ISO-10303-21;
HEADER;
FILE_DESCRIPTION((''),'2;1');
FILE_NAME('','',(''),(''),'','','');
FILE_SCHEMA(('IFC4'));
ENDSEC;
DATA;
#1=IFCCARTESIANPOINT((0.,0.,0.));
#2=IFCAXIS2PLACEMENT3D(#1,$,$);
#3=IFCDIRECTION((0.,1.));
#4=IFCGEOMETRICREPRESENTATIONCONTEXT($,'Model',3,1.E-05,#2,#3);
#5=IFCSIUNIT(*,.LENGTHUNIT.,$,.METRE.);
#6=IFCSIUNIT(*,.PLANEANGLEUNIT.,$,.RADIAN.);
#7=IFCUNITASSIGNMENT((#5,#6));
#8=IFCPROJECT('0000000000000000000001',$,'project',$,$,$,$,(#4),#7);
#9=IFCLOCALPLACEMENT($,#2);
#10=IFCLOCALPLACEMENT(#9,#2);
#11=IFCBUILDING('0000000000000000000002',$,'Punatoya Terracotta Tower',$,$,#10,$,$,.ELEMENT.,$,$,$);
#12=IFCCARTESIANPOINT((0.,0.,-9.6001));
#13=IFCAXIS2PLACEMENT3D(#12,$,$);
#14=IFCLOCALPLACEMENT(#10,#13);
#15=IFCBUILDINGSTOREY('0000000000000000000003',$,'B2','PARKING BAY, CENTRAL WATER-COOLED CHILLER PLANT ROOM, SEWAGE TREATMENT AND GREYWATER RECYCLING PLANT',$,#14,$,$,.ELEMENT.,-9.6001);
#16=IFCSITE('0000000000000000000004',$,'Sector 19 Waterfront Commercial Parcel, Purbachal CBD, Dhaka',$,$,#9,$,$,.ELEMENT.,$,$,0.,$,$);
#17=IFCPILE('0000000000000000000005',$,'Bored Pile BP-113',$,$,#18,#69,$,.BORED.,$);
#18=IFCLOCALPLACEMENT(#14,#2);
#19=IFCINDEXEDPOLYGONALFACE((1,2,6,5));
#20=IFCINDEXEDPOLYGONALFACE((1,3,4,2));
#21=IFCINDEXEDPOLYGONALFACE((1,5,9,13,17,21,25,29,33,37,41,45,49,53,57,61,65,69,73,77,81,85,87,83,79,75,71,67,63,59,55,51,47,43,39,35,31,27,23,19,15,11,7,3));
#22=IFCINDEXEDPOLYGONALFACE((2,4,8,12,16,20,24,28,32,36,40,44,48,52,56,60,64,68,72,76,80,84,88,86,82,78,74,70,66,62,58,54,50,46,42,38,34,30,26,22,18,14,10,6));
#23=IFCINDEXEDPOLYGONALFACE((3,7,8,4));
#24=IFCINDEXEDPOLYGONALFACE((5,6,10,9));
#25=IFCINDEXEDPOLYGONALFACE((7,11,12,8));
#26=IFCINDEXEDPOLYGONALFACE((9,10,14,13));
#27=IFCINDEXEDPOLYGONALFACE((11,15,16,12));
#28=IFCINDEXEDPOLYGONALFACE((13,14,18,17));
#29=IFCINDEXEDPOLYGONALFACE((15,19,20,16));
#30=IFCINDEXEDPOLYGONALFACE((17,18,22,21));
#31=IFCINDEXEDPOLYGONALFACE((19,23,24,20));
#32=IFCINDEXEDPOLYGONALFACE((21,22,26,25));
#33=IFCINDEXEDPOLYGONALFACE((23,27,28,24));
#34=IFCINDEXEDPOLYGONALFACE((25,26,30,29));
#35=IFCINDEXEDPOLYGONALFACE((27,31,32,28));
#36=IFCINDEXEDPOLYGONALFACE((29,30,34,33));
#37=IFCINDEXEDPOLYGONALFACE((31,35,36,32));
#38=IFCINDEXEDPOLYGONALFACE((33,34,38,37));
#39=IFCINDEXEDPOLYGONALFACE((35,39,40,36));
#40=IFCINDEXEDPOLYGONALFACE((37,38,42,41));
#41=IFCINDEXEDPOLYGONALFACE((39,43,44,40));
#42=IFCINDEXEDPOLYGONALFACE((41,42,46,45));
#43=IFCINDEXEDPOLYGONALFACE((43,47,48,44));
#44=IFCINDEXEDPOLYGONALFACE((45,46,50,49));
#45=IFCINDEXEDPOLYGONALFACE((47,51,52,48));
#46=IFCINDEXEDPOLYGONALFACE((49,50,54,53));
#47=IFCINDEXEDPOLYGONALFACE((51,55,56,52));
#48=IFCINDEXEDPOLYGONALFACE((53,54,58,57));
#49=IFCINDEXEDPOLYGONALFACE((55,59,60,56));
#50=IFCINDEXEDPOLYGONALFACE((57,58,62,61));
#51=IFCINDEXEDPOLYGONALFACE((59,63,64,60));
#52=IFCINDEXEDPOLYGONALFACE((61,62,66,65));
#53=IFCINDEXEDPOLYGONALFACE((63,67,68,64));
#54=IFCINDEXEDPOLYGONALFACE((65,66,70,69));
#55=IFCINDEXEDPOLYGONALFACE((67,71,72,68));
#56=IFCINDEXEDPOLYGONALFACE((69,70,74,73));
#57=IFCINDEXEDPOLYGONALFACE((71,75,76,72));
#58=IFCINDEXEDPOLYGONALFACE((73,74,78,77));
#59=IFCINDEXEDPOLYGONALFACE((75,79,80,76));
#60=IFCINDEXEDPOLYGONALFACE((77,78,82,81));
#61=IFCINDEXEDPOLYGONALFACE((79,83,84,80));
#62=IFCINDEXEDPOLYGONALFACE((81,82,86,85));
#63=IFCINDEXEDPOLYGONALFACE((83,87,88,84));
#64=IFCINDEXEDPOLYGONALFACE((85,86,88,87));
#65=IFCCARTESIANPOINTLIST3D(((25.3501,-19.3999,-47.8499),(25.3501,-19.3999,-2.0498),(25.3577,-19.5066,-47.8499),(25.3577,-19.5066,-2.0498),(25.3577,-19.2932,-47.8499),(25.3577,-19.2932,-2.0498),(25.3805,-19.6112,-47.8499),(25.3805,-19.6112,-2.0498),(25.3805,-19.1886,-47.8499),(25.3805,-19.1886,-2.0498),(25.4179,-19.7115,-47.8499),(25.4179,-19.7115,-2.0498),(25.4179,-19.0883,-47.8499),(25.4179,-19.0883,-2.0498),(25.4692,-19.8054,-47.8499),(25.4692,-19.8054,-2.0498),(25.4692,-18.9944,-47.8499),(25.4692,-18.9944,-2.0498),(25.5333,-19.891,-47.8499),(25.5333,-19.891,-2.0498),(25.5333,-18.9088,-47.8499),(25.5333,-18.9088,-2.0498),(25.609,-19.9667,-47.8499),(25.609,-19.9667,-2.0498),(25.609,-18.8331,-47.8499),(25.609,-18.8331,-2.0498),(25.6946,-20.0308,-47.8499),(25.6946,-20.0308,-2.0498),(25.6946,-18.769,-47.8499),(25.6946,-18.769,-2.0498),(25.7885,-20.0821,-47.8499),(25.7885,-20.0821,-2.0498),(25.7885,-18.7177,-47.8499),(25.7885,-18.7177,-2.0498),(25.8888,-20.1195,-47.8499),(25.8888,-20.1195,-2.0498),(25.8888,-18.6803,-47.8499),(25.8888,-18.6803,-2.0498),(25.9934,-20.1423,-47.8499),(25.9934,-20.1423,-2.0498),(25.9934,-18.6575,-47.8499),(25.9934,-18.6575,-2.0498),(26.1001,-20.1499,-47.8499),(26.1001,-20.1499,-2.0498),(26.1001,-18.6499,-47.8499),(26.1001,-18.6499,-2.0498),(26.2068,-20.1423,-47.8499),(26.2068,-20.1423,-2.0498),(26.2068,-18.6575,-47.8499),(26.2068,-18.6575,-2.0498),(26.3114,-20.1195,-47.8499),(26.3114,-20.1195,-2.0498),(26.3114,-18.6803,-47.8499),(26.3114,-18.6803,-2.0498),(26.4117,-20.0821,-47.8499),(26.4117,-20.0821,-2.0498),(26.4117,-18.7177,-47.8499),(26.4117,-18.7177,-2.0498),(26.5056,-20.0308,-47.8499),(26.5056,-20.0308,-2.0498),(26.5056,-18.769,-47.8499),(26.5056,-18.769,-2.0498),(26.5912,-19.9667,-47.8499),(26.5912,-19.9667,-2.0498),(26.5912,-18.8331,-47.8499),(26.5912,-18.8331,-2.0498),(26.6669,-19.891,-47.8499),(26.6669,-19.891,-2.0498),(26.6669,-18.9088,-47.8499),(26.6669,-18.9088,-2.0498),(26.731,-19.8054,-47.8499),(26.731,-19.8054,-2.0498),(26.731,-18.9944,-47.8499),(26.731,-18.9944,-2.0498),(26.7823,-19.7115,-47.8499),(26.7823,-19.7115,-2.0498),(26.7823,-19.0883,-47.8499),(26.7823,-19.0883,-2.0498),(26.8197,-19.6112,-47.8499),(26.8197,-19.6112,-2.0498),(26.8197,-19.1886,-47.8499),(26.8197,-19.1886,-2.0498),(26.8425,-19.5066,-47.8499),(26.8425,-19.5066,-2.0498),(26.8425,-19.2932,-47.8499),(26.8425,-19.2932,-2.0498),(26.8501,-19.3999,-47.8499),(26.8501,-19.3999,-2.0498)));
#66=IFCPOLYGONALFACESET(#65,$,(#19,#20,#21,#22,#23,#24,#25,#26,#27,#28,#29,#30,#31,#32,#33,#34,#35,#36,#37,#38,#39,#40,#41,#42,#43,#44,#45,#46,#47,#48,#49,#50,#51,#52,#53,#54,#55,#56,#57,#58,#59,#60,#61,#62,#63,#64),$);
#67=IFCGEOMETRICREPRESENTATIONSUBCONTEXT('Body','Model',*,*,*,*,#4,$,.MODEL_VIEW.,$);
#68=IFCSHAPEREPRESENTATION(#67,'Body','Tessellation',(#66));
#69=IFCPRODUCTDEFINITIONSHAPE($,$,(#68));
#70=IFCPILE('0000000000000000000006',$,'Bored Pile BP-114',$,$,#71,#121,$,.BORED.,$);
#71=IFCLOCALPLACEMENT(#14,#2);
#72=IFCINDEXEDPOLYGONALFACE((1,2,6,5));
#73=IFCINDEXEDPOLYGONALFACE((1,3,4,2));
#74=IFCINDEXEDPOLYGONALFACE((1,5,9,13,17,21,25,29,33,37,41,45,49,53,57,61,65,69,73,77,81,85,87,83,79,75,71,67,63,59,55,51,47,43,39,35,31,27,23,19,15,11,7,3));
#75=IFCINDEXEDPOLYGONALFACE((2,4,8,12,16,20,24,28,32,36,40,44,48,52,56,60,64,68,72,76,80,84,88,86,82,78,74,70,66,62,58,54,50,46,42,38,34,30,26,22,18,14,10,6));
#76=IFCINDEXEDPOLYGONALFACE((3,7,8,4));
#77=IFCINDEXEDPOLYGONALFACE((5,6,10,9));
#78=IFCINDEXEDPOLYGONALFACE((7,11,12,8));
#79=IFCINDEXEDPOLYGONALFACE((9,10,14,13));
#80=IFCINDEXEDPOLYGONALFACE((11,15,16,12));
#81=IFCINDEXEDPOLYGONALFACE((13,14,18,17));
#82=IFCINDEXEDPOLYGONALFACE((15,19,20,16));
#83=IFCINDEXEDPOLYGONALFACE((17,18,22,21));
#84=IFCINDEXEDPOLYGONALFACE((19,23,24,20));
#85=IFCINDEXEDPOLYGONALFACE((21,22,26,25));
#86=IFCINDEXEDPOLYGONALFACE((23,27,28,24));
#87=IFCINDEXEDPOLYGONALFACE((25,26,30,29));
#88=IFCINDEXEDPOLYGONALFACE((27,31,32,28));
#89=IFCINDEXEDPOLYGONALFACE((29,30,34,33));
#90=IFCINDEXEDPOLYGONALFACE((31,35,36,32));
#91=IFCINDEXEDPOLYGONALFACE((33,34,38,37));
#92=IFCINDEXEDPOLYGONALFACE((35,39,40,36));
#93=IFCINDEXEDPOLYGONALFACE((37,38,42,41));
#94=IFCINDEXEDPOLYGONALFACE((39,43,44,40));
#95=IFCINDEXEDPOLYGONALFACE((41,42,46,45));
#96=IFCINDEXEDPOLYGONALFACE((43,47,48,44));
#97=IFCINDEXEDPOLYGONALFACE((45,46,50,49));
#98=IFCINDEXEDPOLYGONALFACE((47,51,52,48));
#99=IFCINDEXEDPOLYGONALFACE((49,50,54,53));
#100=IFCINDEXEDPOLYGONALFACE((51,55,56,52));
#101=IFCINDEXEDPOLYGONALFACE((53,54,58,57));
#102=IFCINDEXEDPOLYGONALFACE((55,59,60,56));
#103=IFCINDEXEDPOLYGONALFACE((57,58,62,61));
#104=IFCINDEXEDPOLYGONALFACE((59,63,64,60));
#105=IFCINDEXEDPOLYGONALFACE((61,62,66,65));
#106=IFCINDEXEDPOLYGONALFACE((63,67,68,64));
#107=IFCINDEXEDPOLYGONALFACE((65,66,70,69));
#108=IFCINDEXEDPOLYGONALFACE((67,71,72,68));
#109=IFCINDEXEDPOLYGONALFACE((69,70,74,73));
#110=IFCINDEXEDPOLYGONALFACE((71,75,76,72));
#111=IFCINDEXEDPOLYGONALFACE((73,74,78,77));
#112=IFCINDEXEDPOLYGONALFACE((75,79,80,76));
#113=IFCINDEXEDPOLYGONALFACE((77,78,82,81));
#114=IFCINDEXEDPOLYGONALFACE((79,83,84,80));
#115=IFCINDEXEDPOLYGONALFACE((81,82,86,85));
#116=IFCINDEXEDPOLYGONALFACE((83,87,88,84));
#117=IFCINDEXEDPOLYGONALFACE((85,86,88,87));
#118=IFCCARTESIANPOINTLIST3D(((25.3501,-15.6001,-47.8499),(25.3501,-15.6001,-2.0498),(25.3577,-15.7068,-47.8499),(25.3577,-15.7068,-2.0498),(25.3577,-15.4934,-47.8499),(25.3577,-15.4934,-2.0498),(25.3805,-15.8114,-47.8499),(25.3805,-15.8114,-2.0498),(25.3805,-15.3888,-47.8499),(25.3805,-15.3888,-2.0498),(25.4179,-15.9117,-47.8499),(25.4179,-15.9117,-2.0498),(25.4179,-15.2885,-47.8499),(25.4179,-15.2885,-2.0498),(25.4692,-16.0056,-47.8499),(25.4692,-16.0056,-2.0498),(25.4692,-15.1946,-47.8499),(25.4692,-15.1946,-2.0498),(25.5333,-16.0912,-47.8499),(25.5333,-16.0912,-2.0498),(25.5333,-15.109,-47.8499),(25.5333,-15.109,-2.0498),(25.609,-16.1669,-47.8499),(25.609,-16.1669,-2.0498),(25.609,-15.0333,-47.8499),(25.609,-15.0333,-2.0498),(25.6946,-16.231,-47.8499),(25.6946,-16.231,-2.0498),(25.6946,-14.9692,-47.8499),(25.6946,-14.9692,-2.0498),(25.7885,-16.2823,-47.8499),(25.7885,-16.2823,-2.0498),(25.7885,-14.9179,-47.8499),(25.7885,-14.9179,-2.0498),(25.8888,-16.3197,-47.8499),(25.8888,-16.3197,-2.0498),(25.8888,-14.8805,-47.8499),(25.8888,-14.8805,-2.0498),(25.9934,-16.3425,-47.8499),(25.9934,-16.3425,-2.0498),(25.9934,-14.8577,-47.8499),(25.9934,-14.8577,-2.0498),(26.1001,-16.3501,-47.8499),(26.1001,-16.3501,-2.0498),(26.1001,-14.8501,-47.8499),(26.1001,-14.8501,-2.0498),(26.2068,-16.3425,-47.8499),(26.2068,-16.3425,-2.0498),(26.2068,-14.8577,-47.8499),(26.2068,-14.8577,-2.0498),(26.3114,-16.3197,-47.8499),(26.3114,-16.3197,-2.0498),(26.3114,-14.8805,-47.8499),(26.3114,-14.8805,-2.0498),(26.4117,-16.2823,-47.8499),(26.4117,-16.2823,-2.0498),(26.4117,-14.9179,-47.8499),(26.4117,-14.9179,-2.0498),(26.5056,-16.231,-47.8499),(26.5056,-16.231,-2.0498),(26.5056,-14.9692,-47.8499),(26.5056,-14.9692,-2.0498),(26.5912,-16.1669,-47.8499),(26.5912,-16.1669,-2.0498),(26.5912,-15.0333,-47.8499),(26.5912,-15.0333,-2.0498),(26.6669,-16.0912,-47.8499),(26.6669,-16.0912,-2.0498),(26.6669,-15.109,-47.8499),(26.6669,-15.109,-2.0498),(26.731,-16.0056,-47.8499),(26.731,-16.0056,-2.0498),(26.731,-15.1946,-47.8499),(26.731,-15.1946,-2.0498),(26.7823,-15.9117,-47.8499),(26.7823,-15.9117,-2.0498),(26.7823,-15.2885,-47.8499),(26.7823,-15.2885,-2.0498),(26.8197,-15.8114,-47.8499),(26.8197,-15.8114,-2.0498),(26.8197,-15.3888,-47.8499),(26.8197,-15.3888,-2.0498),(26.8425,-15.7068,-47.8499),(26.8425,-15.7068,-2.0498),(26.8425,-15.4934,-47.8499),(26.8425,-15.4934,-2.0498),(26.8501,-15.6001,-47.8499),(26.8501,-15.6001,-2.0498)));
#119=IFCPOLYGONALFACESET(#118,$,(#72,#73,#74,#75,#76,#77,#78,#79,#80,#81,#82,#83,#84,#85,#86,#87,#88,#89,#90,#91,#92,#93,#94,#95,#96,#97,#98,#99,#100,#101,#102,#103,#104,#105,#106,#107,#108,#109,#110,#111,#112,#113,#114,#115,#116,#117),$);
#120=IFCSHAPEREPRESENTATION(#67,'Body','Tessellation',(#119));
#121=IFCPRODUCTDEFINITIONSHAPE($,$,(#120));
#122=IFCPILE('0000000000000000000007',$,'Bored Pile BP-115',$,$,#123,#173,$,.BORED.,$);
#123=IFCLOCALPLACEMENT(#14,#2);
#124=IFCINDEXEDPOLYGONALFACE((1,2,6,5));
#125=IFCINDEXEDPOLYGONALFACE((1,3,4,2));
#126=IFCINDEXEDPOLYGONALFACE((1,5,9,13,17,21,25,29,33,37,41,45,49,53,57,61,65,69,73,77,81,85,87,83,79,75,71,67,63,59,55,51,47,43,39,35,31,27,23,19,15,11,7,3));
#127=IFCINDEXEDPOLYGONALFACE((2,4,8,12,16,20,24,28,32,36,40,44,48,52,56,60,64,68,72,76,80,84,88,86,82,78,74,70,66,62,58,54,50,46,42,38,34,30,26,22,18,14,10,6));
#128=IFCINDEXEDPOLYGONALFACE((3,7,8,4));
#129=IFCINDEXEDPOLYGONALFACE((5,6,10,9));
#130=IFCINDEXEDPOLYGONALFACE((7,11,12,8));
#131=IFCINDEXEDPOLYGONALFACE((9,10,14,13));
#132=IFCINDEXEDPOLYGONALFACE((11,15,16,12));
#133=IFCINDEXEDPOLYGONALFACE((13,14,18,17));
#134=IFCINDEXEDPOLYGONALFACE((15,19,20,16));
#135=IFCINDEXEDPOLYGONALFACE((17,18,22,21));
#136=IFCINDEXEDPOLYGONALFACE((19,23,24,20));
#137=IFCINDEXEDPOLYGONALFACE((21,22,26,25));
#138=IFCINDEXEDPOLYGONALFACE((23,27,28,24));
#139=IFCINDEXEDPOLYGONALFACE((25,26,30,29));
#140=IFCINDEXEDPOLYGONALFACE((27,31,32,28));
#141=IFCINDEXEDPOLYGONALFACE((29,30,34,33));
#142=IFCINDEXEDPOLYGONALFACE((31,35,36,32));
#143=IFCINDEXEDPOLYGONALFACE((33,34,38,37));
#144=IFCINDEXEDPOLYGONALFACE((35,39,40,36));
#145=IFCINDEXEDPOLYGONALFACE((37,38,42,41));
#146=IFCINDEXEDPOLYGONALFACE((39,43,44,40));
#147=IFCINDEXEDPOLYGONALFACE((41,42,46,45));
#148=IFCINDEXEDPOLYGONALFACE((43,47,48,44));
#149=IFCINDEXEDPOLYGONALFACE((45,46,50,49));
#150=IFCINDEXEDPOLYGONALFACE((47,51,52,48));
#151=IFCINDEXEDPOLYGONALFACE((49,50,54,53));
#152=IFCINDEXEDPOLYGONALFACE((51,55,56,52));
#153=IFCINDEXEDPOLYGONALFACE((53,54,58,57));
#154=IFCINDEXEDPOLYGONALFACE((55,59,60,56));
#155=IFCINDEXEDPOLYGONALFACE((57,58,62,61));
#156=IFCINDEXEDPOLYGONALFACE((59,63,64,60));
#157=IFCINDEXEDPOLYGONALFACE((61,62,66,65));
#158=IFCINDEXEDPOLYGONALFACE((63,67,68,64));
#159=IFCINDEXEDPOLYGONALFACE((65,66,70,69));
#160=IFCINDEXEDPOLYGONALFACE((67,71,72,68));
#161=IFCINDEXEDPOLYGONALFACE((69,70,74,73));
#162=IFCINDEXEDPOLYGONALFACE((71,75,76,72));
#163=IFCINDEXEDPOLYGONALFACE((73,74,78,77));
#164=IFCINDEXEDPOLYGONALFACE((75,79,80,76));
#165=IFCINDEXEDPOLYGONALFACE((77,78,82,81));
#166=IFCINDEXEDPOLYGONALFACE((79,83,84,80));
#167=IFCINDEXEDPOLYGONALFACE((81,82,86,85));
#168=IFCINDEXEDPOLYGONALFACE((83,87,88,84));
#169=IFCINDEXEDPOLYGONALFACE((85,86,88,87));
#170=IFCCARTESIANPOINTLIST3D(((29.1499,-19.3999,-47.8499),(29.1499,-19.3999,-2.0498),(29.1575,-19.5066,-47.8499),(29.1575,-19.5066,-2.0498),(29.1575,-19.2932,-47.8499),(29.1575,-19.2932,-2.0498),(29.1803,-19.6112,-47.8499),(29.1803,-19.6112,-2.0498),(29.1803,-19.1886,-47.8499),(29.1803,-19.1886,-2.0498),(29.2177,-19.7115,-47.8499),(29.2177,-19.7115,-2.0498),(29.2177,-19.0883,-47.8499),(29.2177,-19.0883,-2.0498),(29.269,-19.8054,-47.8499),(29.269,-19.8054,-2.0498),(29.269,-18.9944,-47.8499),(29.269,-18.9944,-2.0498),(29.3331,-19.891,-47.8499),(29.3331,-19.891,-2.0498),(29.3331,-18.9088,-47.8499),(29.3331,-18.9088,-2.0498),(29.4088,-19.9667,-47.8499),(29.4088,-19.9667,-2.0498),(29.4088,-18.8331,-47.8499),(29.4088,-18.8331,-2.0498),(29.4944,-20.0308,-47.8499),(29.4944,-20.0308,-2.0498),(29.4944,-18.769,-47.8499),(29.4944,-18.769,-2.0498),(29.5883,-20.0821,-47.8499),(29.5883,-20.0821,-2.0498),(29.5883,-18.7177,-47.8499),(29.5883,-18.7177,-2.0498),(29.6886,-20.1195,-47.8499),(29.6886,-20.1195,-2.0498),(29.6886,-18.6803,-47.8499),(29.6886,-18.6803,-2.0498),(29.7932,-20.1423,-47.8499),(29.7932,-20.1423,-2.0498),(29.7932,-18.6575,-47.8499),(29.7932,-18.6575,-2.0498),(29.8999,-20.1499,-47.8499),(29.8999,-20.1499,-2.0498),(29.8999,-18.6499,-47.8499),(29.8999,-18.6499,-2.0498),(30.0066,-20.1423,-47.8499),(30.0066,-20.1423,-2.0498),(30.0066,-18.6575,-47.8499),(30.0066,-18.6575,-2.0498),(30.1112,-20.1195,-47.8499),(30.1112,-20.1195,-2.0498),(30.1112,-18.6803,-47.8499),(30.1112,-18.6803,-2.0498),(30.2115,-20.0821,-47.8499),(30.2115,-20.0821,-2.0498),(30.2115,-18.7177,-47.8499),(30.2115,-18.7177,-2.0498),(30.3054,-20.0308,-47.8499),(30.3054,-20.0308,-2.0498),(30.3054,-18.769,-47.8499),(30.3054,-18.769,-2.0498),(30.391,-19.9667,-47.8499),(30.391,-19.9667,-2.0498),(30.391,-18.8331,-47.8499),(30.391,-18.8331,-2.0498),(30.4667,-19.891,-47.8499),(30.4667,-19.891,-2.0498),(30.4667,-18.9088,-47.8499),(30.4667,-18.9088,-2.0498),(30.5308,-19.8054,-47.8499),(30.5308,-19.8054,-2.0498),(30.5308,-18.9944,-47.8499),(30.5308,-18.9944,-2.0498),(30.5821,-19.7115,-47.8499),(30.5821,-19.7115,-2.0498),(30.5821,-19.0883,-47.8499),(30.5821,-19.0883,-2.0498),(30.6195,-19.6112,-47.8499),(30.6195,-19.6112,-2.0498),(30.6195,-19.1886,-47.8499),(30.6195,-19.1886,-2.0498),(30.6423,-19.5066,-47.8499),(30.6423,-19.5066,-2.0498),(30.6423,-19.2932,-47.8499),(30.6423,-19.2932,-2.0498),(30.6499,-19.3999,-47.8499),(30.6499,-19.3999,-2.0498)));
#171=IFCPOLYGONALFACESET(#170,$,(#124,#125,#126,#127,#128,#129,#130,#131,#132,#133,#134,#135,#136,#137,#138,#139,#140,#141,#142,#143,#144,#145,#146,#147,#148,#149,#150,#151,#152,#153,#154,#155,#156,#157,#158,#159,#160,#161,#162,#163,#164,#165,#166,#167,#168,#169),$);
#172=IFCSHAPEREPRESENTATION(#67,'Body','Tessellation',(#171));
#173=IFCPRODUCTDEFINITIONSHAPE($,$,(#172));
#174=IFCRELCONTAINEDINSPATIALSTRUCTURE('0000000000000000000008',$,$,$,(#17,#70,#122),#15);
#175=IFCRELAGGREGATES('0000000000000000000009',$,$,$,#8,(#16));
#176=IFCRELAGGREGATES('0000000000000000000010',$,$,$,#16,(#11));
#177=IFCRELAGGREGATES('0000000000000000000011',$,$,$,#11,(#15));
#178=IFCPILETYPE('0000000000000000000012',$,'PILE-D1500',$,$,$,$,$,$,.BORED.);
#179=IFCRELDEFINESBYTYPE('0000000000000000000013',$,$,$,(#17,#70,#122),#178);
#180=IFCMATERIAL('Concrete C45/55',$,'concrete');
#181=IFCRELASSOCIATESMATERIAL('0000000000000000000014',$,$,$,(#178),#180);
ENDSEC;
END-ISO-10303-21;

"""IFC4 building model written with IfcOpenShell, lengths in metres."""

from ifc_helpers import new_model, si_unit, direction, frame, origin, origin_2d, place, context, subcontext, project, spatial, circle, extrude, material, material_profile, profile_set, type_object, element, save


model = new_model("IFC4")

# Units and contexts
model_context = context("Model", 3, precision=1e-05, world=origin(), true_north=direction((0.0, 1.0)))
body_context = subcontext(model_context, "Body", "Model", "MODEL_VIEW")
ifc_project = project(units=[si_unit("LENGTHUNIT", "METRE"), si_unit("PLANEANGLEUNIT", "RADIAN")], contexts=[model_context])

# Site, building, storey
site_placement = place(None, origin())
site = spatial("IfcSite", under=ifc_project, at=site_placement, Name="Sector 19 Waterfront Commercial Parcel, Purbachal CBD, Dhaka", CompositionType="ELEMENT", RefElevation=0.0)
building_placement = place(site_placement, origin())
building = spatial("IfcBuilding", under=site, at=building_placement, Name="Punatoya Terracotta Tower", CompositionType="ELEMENT")
storey_placement = place(building_placement, frame((0.0, 0.0, -9.6001)))
storey = spatial("IfcBuildingStorey", under=building, at=storey_placement, Name="B2", Description="PARKING BAY, CENTRAL WATER-COOLED CHILLER PLANT ROOM, SEWAGE TREATMENT AND GREYWATER RECYCLING PLANT", CompositionType="ELEMENT", Elevation=-9.6001)

# Shared definitions
ifc_material_1 = material(Name="Concrete C45/55", Category="concrete")

# Piles
ifc_material_profile_1 = material_profile(ifc_material_1, circle(Radius=0.75, at=origin_2d()))
ifc_profile_set_1 = profile_set([ifc_material_profile_1], Name="Concrete C45/55")
pile_type_1 = type_object("IfcPileType", Name="PILE-D1500", PredefinedType="BORED", material=ifc_profile_set_1)
for number, where, z_axis, x_axis, name in (
    (1, (26.1001, -19.3999, -2.0498), (0.0, 0.0, -1.0), (1.0, 0.0, 0.0), "Bored Pile BP-113"),
    (2, (26.1001, -15.6001, -2.0498), (0.0, 0.0, -1.0), (1.0, 0.0, 0.0), "Bored Pile BP-114"),
    (3, (29.8999, -19.3999, -2.0498), (0.0, 0.0, -1.0), (1.0, 0.0, 0.0), "Bored Pile BP-115"),
):
    element("IfcPile", number, at=place(storey_placement, frame(where, z_axis=z_axis, x_axis=x_axis)), inside=storey, type_object=pile_type_1, Name=name, PredefinedType="BORED", context=body_context, shape_type="SweptSolid", body=[
        extrude(circle(Radius=0.75, at=origin_2d()), origin(), (0.0, 0.0, 1.0), 45.8),
    ])

save(model, "model.ifc")
